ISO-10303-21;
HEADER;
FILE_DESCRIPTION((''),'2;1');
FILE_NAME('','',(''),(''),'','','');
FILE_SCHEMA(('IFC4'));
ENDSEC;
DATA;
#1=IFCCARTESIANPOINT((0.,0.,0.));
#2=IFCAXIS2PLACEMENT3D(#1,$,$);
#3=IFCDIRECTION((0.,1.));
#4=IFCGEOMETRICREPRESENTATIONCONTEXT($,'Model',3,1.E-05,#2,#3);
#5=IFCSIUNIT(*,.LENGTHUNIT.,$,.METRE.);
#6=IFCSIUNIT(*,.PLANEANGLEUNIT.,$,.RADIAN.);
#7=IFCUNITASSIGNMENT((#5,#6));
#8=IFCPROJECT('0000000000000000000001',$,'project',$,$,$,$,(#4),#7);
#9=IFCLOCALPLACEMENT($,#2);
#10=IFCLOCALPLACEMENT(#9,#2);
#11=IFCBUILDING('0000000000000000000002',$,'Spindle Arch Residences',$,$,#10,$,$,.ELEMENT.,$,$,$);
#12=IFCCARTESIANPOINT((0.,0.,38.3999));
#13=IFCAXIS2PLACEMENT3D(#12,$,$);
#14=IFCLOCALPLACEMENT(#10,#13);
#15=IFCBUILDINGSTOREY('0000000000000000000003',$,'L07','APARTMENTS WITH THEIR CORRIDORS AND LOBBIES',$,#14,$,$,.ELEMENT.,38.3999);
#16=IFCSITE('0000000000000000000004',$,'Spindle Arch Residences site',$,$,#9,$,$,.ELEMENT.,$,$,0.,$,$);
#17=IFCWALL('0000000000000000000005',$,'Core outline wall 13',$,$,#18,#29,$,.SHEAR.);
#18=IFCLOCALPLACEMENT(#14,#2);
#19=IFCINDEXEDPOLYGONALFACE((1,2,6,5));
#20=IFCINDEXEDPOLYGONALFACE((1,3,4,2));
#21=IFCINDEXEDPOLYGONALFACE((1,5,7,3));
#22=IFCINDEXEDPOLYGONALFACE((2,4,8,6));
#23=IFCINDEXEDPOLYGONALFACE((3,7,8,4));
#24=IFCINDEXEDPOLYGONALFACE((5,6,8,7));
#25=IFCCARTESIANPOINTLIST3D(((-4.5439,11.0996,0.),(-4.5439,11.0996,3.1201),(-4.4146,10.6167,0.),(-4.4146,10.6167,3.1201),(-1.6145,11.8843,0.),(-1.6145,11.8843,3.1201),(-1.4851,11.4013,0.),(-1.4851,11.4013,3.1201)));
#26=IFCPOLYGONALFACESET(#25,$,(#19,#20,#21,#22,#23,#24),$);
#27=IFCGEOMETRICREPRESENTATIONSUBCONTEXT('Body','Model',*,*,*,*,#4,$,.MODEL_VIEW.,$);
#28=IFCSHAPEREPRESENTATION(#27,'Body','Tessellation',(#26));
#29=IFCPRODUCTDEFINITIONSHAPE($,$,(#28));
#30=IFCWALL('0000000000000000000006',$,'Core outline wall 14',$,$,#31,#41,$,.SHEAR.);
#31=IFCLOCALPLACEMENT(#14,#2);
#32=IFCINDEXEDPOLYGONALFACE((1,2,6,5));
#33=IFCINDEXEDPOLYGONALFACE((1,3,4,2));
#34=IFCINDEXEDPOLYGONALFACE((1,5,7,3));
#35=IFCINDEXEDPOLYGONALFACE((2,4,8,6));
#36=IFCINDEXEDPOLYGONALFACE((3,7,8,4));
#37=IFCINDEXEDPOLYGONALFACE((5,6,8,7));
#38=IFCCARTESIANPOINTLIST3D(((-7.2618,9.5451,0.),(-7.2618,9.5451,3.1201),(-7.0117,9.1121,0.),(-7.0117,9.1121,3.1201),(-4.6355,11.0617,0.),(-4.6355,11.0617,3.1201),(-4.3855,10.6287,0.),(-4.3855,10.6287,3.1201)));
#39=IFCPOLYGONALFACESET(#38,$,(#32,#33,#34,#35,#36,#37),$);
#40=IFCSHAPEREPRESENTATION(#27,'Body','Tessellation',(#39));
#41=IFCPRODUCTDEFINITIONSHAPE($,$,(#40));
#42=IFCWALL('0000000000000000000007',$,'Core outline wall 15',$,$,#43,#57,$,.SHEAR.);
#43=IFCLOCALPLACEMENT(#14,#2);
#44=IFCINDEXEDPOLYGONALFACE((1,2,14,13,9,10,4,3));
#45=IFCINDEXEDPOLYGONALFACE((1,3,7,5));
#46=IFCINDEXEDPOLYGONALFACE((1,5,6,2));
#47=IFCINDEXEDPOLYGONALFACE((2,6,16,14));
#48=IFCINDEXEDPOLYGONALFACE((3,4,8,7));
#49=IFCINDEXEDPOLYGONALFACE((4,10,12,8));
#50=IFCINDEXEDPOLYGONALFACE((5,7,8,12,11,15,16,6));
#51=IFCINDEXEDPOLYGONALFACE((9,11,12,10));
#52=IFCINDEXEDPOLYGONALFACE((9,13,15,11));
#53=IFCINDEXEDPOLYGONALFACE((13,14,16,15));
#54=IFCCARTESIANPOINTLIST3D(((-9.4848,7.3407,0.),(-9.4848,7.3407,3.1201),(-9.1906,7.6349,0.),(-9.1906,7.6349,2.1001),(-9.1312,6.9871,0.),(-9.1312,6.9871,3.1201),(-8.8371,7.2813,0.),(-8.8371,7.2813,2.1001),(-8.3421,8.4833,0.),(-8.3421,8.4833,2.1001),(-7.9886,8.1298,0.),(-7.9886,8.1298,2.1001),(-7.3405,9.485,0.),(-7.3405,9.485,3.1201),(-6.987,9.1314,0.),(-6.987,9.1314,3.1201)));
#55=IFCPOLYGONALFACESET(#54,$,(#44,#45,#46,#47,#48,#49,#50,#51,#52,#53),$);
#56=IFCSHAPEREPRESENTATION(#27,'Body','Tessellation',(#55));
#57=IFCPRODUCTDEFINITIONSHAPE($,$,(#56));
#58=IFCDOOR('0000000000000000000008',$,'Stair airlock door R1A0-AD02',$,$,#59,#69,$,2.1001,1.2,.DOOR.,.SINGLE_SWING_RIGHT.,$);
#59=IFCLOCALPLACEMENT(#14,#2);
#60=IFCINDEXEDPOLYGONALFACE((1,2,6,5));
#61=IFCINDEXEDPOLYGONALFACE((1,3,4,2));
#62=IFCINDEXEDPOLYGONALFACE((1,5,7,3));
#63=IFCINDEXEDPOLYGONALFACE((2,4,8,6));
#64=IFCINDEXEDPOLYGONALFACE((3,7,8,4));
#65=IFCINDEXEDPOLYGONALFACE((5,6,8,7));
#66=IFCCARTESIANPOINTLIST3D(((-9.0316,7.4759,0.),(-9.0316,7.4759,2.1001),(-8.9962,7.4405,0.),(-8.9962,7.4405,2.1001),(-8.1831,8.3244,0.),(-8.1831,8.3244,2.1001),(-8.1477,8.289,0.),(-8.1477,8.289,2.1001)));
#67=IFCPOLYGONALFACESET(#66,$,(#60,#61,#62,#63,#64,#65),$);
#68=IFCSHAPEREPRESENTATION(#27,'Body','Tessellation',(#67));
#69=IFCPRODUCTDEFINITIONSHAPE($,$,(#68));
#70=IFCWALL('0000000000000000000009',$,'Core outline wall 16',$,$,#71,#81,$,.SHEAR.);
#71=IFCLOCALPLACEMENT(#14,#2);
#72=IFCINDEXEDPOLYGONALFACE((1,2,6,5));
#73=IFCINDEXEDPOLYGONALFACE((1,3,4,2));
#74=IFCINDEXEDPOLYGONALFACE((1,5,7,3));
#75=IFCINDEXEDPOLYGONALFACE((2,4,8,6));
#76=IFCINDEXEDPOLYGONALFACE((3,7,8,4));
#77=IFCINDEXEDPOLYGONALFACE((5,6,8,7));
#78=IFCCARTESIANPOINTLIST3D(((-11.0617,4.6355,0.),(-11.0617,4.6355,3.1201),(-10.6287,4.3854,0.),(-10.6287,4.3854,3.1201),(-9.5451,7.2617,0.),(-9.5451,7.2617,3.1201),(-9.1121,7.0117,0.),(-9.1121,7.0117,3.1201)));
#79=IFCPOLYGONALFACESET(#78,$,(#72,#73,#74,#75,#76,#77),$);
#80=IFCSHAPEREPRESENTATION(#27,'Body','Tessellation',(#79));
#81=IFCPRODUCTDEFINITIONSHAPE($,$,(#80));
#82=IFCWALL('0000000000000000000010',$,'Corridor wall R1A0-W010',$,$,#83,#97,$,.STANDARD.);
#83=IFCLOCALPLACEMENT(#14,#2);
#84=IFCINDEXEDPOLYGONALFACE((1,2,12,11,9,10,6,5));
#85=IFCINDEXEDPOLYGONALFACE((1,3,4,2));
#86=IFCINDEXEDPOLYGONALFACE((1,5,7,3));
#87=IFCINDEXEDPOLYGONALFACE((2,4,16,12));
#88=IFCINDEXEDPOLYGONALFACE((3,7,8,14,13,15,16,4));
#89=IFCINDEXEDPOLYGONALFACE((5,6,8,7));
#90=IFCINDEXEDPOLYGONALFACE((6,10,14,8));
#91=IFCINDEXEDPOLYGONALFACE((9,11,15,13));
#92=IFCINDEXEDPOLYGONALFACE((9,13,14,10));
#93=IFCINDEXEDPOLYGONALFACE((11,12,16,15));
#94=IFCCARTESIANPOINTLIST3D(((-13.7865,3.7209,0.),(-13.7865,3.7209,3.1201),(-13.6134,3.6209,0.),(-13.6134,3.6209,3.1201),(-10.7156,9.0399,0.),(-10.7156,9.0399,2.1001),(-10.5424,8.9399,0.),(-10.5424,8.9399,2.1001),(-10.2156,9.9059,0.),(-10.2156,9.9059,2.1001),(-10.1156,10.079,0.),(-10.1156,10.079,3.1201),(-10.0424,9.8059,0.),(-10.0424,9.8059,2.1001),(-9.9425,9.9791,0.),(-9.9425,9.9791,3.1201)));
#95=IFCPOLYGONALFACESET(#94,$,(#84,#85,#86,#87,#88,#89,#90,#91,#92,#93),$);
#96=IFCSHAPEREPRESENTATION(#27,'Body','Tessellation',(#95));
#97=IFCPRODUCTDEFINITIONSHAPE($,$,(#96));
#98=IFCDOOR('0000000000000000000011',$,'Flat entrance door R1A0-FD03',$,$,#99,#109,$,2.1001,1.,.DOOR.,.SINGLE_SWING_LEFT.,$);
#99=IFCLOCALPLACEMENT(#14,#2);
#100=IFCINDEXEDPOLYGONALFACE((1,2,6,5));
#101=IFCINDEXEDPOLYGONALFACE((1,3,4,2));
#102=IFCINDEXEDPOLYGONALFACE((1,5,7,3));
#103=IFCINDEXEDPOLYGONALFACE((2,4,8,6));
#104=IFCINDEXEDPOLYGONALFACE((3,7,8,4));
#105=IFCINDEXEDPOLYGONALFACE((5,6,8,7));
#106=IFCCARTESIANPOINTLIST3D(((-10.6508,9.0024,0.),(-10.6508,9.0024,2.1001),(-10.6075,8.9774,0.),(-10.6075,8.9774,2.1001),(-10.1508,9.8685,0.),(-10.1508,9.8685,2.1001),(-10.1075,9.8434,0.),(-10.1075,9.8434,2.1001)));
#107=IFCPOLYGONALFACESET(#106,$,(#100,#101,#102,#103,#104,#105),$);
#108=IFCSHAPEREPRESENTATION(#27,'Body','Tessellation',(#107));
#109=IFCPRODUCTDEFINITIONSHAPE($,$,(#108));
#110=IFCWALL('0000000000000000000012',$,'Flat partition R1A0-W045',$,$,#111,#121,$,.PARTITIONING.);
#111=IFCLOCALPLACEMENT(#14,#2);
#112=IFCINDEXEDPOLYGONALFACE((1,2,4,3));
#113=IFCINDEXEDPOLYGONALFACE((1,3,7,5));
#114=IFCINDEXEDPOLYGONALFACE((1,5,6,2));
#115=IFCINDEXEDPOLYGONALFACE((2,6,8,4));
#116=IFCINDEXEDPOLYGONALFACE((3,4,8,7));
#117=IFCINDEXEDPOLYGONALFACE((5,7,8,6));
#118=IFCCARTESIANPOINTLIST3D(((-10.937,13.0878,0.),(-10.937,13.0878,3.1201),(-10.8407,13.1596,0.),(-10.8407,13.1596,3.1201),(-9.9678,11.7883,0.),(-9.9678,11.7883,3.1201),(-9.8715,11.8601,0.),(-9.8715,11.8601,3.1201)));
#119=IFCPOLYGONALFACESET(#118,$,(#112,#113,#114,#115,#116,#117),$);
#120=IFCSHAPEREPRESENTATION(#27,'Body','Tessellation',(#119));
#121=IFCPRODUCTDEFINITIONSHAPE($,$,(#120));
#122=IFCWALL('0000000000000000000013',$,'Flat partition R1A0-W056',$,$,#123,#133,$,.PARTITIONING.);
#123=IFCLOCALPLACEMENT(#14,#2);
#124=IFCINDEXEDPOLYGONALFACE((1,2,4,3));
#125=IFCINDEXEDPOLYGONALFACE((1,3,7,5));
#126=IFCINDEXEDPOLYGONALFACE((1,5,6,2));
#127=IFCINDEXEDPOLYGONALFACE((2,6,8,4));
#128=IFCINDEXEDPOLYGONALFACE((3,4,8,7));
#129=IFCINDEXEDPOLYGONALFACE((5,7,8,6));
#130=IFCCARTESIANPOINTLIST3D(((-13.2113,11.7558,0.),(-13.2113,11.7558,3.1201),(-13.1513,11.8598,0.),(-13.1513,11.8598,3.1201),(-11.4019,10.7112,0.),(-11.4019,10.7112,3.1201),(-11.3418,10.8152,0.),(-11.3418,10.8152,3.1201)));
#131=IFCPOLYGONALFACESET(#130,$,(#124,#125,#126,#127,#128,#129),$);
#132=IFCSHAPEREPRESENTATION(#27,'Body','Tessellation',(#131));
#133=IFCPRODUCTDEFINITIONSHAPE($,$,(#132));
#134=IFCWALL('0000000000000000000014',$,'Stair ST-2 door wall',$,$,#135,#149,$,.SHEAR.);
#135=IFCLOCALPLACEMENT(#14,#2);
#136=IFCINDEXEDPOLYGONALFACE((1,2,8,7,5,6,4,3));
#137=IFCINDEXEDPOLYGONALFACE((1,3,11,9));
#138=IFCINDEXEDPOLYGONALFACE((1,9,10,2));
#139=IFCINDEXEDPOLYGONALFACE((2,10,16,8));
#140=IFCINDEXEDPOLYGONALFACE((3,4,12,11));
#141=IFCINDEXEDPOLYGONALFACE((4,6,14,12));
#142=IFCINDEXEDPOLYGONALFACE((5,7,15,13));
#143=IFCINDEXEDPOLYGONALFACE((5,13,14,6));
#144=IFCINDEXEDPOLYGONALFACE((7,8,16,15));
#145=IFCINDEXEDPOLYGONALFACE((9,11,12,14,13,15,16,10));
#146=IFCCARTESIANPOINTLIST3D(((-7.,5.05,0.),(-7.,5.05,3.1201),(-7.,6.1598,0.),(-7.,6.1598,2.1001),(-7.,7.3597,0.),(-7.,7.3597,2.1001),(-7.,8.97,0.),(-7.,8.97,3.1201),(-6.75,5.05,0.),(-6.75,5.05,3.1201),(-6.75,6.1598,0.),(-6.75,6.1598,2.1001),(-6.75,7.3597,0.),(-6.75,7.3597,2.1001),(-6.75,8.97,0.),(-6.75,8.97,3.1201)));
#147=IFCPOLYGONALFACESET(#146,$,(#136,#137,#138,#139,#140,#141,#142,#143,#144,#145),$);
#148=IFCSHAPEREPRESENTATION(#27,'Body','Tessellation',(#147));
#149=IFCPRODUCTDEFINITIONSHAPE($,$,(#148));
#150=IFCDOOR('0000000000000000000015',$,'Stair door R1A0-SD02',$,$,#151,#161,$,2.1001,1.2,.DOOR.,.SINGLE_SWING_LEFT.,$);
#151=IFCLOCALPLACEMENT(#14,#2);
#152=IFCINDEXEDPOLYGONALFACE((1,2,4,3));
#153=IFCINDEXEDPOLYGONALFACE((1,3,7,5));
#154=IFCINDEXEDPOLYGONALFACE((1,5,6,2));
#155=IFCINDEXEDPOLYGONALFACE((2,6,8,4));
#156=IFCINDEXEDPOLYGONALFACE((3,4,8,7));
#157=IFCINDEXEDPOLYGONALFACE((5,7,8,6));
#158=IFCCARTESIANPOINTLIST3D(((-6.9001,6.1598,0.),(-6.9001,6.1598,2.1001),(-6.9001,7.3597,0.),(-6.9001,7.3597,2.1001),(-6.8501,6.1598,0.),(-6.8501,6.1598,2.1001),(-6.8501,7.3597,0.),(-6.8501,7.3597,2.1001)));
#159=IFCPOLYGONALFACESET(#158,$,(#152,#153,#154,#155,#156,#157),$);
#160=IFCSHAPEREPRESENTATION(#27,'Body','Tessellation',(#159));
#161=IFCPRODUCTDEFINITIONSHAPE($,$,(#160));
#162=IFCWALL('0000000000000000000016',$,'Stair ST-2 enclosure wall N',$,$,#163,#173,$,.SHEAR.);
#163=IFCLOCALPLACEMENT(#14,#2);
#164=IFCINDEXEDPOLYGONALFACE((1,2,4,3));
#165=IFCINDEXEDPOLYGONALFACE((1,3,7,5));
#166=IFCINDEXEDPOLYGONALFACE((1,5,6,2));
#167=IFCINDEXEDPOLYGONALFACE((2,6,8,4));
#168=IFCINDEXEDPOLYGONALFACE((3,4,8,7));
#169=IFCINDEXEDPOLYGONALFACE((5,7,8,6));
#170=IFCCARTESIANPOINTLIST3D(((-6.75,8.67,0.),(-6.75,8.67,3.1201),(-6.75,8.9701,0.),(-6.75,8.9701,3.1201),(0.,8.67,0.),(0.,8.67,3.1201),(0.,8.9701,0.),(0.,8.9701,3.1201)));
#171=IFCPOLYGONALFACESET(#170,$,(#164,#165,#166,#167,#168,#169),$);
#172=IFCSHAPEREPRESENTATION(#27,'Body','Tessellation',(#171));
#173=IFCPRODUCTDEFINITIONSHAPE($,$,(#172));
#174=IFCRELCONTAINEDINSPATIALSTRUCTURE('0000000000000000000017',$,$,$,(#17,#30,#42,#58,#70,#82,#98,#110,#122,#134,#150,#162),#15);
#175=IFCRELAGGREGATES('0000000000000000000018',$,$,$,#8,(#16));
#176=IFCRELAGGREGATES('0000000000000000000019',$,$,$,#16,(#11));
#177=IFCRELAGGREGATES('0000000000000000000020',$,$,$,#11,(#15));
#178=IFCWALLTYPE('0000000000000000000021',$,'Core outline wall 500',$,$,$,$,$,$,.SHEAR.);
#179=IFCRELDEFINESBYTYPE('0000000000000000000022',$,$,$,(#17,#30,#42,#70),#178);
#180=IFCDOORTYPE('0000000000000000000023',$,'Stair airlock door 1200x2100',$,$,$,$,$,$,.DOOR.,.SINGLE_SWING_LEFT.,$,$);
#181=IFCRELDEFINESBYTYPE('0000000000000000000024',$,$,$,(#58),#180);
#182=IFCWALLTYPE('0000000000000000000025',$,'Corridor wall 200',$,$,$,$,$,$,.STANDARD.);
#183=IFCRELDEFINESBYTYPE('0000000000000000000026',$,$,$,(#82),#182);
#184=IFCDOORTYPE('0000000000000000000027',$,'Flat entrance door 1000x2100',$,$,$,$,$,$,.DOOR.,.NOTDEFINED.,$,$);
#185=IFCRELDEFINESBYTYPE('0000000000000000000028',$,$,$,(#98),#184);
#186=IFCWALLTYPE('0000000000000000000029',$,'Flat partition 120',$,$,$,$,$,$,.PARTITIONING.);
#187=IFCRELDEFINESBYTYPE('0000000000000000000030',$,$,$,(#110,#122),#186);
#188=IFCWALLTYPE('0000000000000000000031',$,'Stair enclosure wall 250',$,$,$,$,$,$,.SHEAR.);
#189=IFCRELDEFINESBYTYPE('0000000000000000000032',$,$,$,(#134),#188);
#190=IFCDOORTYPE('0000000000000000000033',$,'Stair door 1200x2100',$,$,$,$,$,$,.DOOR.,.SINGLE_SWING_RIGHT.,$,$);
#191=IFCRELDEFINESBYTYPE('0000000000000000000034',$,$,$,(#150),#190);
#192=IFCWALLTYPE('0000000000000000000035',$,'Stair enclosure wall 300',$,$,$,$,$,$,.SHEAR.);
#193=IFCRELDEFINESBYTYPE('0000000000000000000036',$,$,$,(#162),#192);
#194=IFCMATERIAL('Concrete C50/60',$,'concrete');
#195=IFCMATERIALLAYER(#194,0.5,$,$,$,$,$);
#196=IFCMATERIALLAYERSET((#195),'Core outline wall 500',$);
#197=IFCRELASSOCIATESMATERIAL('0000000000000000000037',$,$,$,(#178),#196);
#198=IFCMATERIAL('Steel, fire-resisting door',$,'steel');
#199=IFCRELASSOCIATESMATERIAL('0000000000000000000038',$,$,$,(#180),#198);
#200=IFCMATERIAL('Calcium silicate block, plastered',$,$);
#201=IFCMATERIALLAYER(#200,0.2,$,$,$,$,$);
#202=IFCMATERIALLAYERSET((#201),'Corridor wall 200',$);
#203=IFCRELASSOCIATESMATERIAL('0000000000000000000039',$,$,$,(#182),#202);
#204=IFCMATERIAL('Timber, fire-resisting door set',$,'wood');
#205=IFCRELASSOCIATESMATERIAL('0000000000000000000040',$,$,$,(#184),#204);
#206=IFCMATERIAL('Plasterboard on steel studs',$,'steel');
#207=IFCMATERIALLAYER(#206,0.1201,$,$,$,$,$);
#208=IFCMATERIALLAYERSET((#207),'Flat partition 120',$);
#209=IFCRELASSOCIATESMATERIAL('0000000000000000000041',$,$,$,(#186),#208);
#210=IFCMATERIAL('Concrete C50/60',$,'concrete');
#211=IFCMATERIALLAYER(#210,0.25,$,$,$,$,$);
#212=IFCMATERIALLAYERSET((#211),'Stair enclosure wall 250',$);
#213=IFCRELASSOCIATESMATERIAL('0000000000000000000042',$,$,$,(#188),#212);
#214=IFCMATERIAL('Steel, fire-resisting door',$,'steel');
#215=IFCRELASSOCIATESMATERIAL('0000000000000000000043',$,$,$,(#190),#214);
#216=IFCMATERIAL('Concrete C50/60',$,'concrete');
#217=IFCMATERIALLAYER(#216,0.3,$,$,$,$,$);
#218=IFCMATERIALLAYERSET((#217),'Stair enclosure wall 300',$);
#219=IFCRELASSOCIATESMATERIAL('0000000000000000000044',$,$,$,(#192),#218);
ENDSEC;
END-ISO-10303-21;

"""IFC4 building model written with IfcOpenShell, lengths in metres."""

from ifc_helpers import new_model, si_unit, direction, frame, frame_2d, origin, place, context, subcontext, project, spatial, rectangle, extrude, material, layer, layer_set, type_object, element, fill, save


model = new_model("IFC4")

# Units and contexts
model_context = context("Model", 3, precision=1e-05, world=origin(), true_north=direction((0.0, 1.0)))
body_context = subcontext(model_context, "Body", "Model", "MODEL_VIEW")
ifc_project = project(units=[si_unit("LENGTHUNIT", "METRE"), si_unit("PLANEANGLEUNIT", "RADIAN")], contexts=[model_context])

# Site, building, storey
site_placement = place(None, origin())
site = spatial("IfcSite", under=ifc_project, at=site_placement, Name="Spindle Arch Residences site", CompositionType="ELEMENT", RefElevation=0.0)
building_placement = place(site_placement, origin())
building = spatial("IfcBuilding", under=site, at=building_placement, Name="Spindle Arch Residences", CompositionType="ELEMENT")
storey_placement = place(building_placement, frame((0.0, 0.0, 38.3999)))
storey = spatial("IfcBuildingStorey", under=building, at=storey_placement, Name="L07", Description="APARTMENTS WITH THEIR CORRIDORS AND LOBBIES", CompositionType="ELEMENT", Elevation=38.3999)

# Walls
ifc_material_1 = material(Name="Concrete C50/60", Category="concrete")
ifc_layer_1 = layer(ifc_material_1, 0.5)
ifc_layer_set_1 = layer_set([ifc_layer_1], Name="Core outline wall 500")
wall_type_1 = type_object("IfcWallType", Name="Core outline wall 500", PredefinedType="SHEAR", material=ifc_layer_set_1)
for number, where, z_axis, x_axis, name in (
    (1, (-1.5498, 11.6428, 0.0), (0.0, 0.0, 1.0), (-0.965948, -0.258735, 0.0), "Core outline wall 13"),
    (2, (-4.5105, 10.8452, 0.0), (0.0, 0.0, 1.0), (-0.865975, -0.500087, 0.0), "Core outline wall 14"),
):
    element("IfcWall", number, at=place(storey_placement, frame(where, z_axis=z_axis, x_axis=x_axis)), inside=storey, type_object=wall_type_1, Name=name, PredefinedType="SHEAR", context=body_context, shape_type="SweptSolid", body=[
        extrude(rectangle(XDim=3.0327, YDim=0.5, at=frame_2d((1.5164, 0.0))), origin(), (0.0, 0.0, 1.0), 3.1201),
    ])

# Wall, opening, door
wall_1_placement = place(storey_placement, frame((-7.1638, 9.3081, 0.0), z_axis=(0.0, 0.0, 1.0), x_axis=(-0.707107, -0.707107, 0.0)))
wall_1 = element("IfcWall", 3, at=wall_1_placement, inside=storey, type_object=wall_type_1, Name="Core outline wall 15", PredefinedType="SHEAR", context=body_context, shape_type="SweptSolid", body=[
    extrude(rectangle(XDim=3.0325, YDim=0.5, at=frame_2d((1.5161, 0.0))), origin(), (0.0, 0.0, 1.0), 3.1201),
])
opening_1_placement = place(wall_1_placement, frame((1.4163, 0.0, 0.0)))
opening_1 = element("IfcOpeningElement", 4, at=opening_1_placement, cuts=wall_1, PredefinedType="OPENING", context=body_context, shape_type="SweptSolid", body=[
    extrude(rectangle(XDim=1.2, YDim=2.1001, at=frame_2d((0.6001, 1.05))), frame((0.0, 0.26, 0.0), z_axis=(0.0, -1.0, 0.0), x_axis=(1.0, 0.0, 0.0)), (0.0, 0.0, 1.0), 0.52),
])
ifc_material_2 = material(Name="Steel, fire-resisting door", Category="steel")
door_type_1 = type_object("IfcDoorType", Name="Stair airlock door 1200x2100", OperationType="SINGLE_SWING_LEFT", PredefinedType="DOOR", material=ifc_material_2)
door_1_placement = place(opening_1_placement, origin())
door_1 = element("IfcDoor", 5, at=door_1_placement, inside=storey, type_object=door_type_1, Name="Stair airlock door R1A0-AD02", OperationType="SINGLE_SWING_RIGHT", OverallHeight=2.1001, OverallWidth=1.2, PredefinedType="DOOR", context=body_context, shape_type="SweptSolid", body=[
    extrude(rectangle(XDim=1.2, YDim=2.1001, at=frame_2d((0.6001, 1.05))), frame((0.0, 0.0249, 0.0), z_axis=(0.0, -1.0, 0.0), x_axis=(1.0, 0.0, 0.0)), (0.0, 0.0, 1.0), 0.05),
])
fill(opening_1, door_1)

# Wall
wall_2_placement = place(storey_placement, frame((-9.3286, 7.1367, 0.0), z_axis=(0.0, 0.0, 1.0), x_axis=(-0.500087, -0.865975, 0.0)))
element("IfcWall", 6, at=wall_2_placement, inside=storey, type_object=wall_type_1, Name="Core outline wall 16", PredefinedType="SHEAR", context=body_context, shape_type="SweptSolid", body=[
    extrude(rectangle(XDim=3.0327, YDim=0.5, at=frame_2d((1.5164, 0.0))), origin(), (0.0, 0.0, 1.0), 3.1201),
])

# Wall, opening, door
ifc_material_3 = material(Name="Calcium silicate block, plastered")
ifc_layer_2 = layer(ifc_material_3, 0.2)
ifc_layer_set_2 = layer_set([ifc_layer_2], Name="Corridor wall 200")
wall_type_2 = type_object("IfcWallType", Name="Corridor wall 200", PredefinedType="STANDARD", material=ifc_layer_set_2)
wall_3_placement = place(storey_placement, frame((-10.0291, 10.0291, 0.0), z_axis=(0.0, 0.0, 1.0), x_axis=(-0.500002, -0.866024, 0.0)))
wall_3 = element("IfcWall", 7, at=wall_3_placement, inside=storey, type_object=wall_type_2, Name="Corridor wall R1A0-W010", PredefinedType="STANDARD", context=body_context, shape_type="SweptSolid", body=[
    extrude(rectangle(XDim=7.3418, YDim=0.2, at=frame_2d((3.6709, 0.0))), origin(), (0.0, 0.0, 1.0), 3.1201),
])
opening_2_placement = place(wall_3_placement, frame((0.2, 0.0, 0.0)))
opening_2 = element("IfcOpeningElement", 8, at=opening_2_placement, cuts=wall_3, PredefinedType="OPENING", context=body_context, shape_type="SweptSolid", body=[
    extrude(rectangle(XDim=1.0, YDim=2.1001, at=frame_2d((0.5, 1.05))), frame((0.0, 0.1099, 0.0), z_axis=(0.0, -1.0, 0.0), x_axis=(1.0, 0.0, 0.0)), (0.0, 0.0, 1.0), 0.22),
])
ifc_material_4 = material(Name="Timber, fire-resisting door set", Category="wood")
door_type_2 = type_object("IfcDoorType", Name="Flat entrance door 1000x2100", OperationType="NOTDEFINED", PredefinedType="DOOR", material=ifc_material_4)
door_2_placement = place(opening_2_placement, origin())
door_2 = element("IfcDoor", 9, at=door_2_placement, inside=storey, type_object=door_type_2, Name="Flat entrance door R1A0-FD03", OperationType="SINGLE_SWING_LEFT", OverallHeight=2.1001, OverallWidth=1.0, PredefinedType="DOOR", context=body_context, shape_type="SweptSolid", body=[
    extrude(rectangle(XDim=1.0, YDim=2.1001, at=frame_2d((0.5, 1.05))), frame((0.0, 0.0249, 0.0), z_axis=(0.0, -1.0, 0.0), x_axis=(1.0, 0.0, 0.0)), (0.0, 0.0, 1.0), 0.05),
])
fill(opening_2, door_2)

# Walls
ifc_material_5 = material(Name="Plasterboard on steel studs", Category="steel")
ifc_layer_3 = layer(ifc_material_5, 0.1201)
ifc_layer_set_3 = layer_set([ifc_layer_3], Name="Flat partition 120")
wall_type_3 = type_object("IfcWallType", Name="Flat partition 120", PredefinedType="PARTITIONING", material=ifc_layer_set_3)
wall_4_placement = place(storey_placement, frame((-9.9197, 11.8242, 0.0), z_axis=(0.0, 0.0, 1.0), x_axis=(-0.597853, 0.801605, 0.0)))
element("IfcWall", 10, at=wall_4_placement, inside=storey, type_object=wall_type_3, Name="Flat partition R1A0-W045", PredefinedType="PARTITIONING", context=body_context, shape_type="SweptSolid", body=[
    extrude(rectangle(XDim=1.6211, YDim=0.1201, at=frame_2d((0.8105, 0.0))), origin(), (0.0, 0.0, 1.0), 3.1201),
])
wall_5_placement = place(storey_placement, frame((-11.3718, 10.7632, 0.0), z_axis=(0.0, 0.0, 1.0), x_axis=(-0.866042, 0.499972, 0.0)))
element("IfcWall", 11, at=wall_5_placement, inside=storey, type_object=wall_type_3, Name="Flat partition R1A0-W056", PredefinedType="PARTITIONING", context=body_context, shape_type="SweptSolid", body=[
    extrude(rectangle(XDim=2.0894, YDim=0.1201, at=frame_2d((1.0447, 0.0))), origin(), (0.0, 0.0, 1.0), 3.1201),
])

# Wall, opening, door
ifc_material_6 = material(Name="Concrete C50/60", Category="concrete")
ifc_layer_4 = layer(ifc_material_6, 0.25)
ifc_layer_set_4 = layer_set([ifc_layer_4], Name="Stair enclosure wall 250")
wall_type_4 = type_object("IfcWallType", Name="Stair enclosure wall 250", PredefinedType="SHEAR", material=ifc_layer_set_4)
wall_6_placement = place(storey_placement, frame((-6.875, 8.97, 0.0), z_axis=(0.0, 0.0, 1.0), x_axis=(0.0, -1.0, 0.0)))
wall_6 = element("IfcWall", 12, at=wall_6_placement, inside=storey, type_object=wall_type_4, Name="Stair ST-2 door wall", PredefinedType="SHEAR", context=body_context, shape_type="SweptSolid", body=[
    extrude(rectangle(XDim=3.9199, YDim=0.25, at=frame_2d((1.96, 0.0))), origin(), (0.0, 0.0, 1.0), 3.1201),
])
opening_3_placement = place(wall_6_placement, frame((1.6101, 0.0, 0.0)))
opening_3 = element("IfcOpeningElement", 13, at=opening_3_placement, cuts=wall_6, PredefinedType="OPENING", context=body_context, shape_type="SweptSolid", body=[
    extrude(rectangle(XDim=1.2, YDim=2.1001, at=frame_2d((0.6001, 1.05))), frame((0.0, 0.135, 0.0), z_axis=(0.0, -1.0, 0.0), x_axis=(1.0, 0.0, 0.0)), (0.0, 0.0, 1.0), 0.27),
])
ifc_material_7 = material(Name="Steel, fire-resisting door", Category="steel")
door_type_3 = type_object("IfcDoorType", Name="Stair door 1200x2100", OperationType="SINGLE_SWING_RIGHT", PredefinedType="DOOR", material=ifc_material_7)
door_3_placement = place(opening_3_placement, origin())
door_3 = element("IfcDoor", 14, at=door_3_placement, inside=storey, type_object=door_type_3, Name="Stair door R1A0-SD02", OperationType="SINGLE_SWING_LEFT", OverallHeight=2.1001, OverallWidth=1.2, PredefinedType="DOOR", context=body_context, shape_type="SweptSolid", body=[
    extrude(rectangle(XDim=1.2, YDim=2.1001, at=frame_2d((0.6001, 1.05))), frame((0.0, 0.0249, 0.0), z_axis=(0.0, -1.0, 0.0), x_axis=(1.0, 0.0, 0.0)), (0.0, 0.0, 1.0), 0.05),
])
fill(opening_3, door_3)

# Wall
ifc_material_8 = material(Name="Concrete C50/60", Category="concrete")
ifc_layer_5 = layer(ifc_material_8, 0.3)
ifc_layer_set_5 = layer_set([ifc_layer_5], Name="Stair enclosure wall 300")
wall_type_5 = type_object("IfcWallType", Name="Stair enclosure wall 300", PredefinedType="SHEAR", material=ifc_layer_set_5)
wall_7_placement = place(storey_placement, frame((-6.75, 8.8201, 0.0), z_axis=(0.0, 0.0, 1.0), x_axis=(1.0, 0.0, 0.0)))
element("IfcWall", 15, at=wall_7_placement, inside=storey, type_object=wall_type_5, Name="Stair ST-2 enclosure wall N", PredefinedType="SHEAR", context=body_context, shape_type="SweptSolid", body=[
    extrude(rectangle(XDim=6.75, YDim=0.3, at=frame_2d((3.375, 0.0))), origin(), (0.0, 0.0, 1.0), 3.1201),
])

save(model, "model.ifc")
